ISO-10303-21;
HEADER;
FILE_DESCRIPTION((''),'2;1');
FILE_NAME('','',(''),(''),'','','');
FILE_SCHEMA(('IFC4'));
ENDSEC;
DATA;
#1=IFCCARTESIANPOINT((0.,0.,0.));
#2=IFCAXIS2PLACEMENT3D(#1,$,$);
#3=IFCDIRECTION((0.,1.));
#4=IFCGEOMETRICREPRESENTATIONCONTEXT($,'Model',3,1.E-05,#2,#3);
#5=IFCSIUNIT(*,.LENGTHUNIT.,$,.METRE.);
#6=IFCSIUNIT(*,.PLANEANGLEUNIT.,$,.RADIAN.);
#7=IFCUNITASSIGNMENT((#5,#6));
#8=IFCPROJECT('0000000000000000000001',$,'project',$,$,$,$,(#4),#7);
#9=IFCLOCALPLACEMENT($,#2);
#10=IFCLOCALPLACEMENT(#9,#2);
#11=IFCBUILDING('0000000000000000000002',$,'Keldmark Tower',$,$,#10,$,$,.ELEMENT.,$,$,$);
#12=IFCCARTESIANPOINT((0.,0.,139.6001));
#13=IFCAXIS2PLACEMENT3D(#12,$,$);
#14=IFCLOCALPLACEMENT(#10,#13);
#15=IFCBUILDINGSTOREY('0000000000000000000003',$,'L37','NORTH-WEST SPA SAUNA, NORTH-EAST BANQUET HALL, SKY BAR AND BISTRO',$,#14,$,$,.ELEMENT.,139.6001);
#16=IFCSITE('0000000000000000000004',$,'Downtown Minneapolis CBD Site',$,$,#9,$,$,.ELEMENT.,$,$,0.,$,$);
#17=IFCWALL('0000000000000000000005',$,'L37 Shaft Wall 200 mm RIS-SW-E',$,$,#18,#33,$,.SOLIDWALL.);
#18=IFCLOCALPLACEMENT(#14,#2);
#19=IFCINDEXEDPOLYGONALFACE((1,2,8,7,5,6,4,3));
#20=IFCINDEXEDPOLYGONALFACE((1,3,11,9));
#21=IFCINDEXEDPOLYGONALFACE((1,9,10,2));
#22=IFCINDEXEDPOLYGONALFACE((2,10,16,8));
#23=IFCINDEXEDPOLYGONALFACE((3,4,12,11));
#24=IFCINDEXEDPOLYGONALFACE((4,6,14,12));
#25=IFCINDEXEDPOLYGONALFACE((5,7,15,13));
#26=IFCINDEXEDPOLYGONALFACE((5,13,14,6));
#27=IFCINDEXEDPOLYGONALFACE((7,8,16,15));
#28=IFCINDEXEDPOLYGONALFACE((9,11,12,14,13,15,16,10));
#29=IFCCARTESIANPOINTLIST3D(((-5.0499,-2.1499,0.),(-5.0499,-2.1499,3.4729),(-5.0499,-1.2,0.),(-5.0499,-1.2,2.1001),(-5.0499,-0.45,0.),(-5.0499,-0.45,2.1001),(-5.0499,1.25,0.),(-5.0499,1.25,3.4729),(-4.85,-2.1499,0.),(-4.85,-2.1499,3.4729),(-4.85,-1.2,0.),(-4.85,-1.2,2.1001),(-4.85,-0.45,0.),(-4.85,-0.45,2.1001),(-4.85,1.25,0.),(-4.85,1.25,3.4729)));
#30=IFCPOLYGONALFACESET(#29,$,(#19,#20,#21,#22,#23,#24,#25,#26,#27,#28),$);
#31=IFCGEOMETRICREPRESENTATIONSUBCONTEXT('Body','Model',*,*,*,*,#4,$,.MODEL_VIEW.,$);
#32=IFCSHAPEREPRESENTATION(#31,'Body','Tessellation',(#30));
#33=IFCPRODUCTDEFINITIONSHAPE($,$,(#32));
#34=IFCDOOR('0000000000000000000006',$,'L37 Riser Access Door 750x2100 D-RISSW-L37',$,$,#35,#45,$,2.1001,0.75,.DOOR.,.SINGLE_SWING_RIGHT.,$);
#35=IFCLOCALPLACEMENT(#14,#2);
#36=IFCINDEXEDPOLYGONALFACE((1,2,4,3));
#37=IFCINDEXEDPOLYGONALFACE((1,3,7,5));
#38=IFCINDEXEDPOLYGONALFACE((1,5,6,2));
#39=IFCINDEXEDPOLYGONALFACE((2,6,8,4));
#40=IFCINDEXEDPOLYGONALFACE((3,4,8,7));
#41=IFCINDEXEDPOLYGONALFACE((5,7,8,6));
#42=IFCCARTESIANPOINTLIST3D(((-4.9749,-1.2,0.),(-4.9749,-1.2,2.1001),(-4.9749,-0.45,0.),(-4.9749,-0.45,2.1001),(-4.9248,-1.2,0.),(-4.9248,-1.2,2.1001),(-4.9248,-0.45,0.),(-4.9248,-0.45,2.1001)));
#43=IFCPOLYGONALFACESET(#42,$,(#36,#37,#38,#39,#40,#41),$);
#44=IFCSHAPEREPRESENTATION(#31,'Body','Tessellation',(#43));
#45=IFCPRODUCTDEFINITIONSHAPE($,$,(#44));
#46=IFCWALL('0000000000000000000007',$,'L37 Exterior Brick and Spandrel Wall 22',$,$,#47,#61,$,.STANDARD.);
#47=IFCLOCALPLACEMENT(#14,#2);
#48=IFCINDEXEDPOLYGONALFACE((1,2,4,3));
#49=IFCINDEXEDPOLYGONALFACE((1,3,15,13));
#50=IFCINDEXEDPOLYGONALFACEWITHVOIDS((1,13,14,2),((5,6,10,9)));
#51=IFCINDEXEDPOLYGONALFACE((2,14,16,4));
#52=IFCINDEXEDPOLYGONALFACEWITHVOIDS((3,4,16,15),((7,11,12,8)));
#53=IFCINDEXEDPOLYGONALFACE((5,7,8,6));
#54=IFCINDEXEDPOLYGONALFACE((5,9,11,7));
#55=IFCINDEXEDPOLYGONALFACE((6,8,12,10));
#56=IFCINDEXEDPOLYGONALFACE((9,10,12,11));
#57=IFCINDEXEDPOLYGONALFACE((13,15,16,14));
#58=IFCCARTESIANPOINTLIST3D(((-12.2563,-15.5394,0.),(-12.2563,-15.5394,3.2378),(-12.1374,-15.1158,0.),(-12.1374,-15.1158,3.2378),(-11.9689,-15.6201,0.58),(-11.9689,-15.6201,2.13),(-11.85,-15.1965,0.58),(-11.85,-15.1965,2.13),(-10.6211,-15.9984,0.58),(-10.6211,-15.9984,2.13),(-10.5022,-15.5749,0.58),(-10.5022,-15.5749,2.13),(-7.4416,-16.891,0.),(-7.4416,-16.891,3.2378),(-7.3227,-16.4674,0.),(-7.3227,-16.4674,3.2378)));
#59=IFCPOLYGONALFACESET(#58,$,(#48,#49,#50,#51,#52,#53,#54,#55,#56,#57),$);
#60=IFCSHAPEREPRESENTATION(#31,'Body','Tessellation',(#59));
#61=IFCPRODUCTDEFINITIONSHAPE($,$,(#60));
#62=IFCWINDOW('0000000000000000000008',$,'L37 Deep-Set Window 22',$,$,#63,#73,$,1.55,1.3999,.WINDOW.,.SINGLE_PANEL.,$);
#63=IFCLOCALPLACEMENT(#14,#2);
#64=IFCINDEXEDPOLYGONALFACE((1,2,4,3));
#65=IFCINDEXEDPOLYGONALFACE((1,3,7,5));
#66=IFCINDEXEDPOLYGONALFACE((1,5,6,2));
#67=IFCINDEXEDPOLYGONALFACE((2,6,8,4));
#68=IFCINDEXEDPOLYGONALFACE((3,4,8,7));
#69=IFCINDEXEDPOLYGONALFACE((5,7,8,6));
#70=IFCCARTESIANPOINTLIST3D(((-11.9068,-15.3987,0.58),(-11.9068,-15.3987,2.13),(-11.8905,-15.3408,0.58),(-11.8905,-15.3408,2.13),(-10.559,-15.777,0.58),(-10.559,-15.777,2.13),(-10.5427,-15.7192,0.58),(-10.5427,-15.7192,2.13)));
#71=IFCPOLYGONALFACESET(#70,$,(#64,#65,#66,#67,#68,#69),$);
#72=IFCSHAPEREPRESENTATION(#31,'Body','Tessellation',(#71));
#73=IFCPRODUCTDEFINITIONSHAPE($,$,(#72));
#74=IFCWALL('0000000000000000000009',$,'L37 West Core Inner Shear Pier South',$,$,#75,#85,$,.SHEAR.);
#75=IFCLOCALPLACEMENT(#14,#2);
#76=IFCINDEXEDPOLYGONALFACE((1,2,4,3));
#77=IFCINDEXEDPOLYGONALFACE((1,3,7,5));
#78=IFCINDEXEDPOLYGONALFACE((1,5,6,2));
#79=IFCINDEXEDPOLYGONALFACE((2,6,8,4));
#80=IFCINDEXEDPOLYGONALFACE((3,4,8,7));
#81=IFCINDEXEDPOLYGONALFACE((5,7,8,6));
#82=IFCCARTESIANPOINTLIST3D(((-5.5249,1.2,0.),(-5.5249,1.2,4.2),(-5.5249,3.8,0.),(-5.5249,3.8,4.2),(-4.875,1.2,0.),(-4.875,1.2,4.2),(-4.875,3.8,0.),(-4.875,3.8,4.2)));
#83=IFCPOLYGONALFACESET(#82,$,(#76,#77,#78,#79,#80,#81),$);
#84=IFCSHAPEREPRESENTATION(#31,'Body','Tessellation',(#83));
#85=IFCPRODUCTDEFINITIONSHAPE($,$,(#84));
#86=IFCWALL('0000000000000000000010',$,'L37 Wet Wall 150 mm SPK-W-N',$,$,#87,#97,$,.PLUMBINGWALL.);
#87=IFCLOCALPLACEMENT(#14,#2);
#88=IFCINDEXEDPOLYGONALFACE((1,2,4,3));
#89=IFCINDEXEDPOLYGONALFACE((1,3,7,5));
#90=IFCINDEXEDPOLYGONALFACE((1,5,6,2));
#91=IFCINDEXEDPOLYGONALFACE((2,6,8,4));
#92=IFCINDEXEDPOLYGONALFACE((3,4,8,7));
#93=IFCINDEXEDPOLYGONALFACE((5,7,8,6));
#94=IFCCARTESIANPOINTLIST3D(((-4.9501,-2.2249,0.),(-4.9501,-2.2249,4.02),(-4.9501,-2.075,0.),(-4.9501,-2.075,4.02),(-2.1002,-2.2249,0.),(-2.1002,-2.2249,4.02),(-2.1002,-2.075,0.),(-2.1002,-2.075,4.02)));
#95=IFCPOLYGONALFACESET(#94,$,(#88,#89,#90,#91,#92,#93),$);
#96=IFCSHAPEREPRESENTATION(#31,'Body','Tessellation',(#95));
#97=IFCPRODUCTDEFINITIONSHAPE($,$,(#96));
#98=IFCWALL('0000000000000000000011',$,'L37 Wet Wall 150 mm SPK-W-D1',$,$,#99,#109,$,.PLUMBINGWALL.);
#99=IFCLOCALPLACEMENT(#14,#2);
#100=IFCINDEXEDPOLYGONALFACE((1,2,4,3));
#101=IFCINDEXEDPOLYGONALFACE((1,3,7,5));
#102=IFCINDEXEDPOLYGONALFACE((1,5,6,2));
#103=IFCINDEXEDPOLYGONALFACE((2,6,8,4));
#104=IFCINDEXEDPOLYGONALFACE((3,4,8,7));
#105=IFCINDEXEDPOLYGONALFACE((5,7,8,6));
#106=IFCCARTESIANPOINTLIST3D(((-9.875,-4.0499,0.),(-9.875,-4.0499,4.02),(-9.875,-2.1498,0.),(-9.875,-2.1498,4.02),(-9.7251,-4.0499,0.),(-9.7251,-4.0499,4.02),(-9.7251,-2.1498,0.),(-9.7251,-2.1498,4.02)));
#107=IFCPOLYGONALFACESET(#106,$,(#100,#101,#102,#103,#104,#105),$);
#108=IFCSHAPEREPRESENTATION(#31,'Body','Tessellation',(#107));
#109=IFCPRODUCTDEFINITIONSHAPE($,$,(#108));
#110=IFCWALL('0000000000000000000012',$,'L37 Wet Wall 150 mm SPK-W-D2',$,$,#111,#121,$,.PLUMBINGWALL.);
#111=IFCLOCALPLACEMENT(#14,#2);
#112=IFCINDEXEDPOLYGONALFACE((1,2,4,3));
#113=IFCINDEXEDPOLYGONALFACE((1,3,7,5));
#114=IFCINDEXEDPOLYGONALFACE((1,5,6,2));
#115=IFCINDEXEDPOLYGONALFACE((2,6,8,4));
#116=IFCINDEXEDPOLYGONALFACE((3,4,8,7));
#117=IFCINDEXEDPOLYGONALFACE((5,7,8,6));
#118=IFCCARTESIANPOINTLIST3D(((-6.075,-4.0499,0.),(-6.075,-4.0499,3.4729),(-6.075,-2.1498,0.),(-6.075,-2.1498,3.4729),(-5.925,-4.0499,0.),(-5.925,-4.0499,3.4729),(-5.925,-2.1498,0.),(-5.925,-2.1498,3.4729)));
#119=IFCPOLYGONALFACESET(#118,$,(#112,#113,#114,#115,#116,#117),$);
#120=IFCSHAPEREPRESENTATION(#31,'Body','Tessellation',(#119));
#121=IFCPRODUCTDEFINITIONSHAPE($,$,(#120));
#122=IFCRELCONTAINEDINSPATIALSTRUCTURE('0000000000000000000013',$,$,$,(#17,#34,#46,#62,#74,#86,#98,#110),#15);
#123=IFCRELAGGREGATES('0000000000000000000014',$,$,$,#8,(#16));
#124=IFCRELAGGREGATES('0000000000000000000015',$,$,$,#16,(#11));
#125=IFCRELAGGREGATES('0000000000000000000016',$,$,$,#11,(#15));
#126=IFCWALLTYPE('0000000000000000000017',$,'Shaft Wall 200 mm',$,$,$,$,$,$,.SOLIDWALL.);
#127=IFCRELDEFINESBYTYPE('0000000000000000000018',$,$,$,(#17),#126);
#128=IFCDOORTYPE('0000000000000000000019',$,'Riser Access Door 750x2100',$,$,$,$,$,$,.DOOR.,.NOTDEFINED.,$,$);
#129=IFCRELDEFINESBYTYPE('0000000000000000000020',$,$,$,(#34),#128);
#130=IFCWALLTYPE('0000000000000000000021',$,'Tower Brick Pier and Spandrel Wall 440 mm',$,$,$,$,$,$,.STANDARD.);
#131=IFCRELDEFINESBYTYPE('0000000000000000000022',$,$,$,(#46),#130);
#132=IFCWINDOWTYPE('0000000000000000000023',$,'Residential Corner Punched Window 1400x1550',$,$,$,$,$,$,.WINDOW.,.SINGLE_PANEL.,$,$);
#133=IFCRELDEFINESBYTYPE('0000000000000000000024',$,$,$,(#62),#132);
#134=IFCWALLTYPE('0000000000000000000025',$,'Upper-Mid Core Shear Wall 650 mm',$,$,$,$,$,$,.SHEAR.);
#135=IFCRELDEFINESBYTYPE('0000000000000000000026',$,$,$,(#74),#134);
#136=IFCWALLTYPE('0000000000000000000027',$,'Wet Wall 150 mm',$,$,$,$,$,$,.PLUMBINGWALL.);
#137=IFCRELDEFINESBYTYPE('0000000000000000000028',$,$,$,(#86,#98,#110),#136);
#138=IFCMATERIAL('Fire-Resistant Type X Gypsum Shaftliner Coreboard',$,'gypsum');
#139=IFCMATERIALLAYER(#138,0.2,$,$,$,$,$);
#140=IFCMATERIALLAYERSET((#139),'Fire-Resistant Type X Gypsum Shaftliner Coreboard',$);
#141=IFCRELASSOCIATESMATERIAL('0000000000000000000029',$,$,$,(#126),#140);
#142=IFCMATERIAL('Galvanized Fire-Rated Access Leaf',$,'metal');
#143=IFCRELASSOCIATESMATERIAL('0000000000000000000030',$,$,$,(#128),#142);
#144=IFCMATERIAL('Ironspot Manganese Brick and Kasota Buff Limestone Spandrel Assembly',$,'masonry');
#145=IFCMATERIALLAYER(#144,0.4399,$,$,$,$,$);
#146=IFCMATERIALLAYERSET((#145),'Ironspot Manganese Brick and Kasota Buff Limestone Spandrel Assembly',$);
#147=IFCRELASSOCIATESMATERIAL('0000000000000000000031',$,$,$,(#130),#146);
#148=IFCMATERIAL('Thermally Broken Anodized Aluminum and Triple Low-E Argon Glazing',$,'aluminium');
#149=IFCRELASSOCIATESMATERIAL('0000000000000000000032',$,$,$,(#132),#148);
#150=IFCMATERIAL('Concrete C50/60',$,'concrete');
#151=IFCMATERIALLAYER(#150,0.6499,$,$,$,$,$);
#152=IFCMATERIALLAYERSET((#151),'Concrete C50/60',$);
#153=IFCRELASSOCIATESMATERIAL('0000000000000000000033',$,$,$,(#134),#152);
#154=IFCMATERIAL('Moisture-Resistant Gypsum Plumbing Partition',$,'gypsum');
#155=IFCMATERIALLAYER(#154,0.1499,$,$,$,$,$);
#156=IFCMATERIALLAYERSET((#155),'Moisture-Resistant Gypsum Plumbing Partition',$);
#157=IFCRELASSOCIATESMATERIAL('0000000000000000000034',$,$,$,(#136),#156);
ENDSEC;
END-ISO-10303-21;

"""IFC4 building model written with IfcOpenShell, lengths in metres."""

from ifc_helpers import new_model, si_unit, direction, frame, frame_2d, origin, place, context, subcontext, project, spatial, rectangle, extrude, material, layer, layer_set, type_object, element, fill, save


model = new_model("IFC4")

# Units and contexts
model_context = context("Model", 3, precision=1e-05, world=origin(), true_north=direction((0.0, 1.0)))
body_context = subcontext(model_context, "Body", "Model", "MODEL_VIEW")
ifc_project = project(units=[si_unit("LENGTHUNIT", "METRE"), si_unit("PLANEANGLEUNIT", "RADIAN")], contexts=[model_context])

# Site, building, storey
site_placement = place(None, origin())
site = spatial("IfcSite", under=ifc_project, at=site_placement, Name="Downtown Minneapolis CBD Site", CompositionType="ELEMENT", RefElevation=0.0)
building_placement = place(site_placement, origin())
building = spatial("IfcBuilding", under=site, at=building_placement, Name="Keldmark Tower", CompositionType="ELEMENT")
storey_placement = place(building_placement, frame((0.0, 0.0, 139.6001)))
storey = spatial("IfcBuildingStorey", under=building, at=storey_placement, Name="L37", Description="NORTH-WEST SPA SAUNA, NORTH-EAST BANQUET HALL, SKY BAR AND BISTRO", CompositionType="ELEMENT", Elevation=139.6001)

# Shared definitions
ifc_material_1 = material(Name="Fire-Resistant Type X Gypsum Shaftliner Coreboard", Category="gypsum")
ifc_layer_1 = layer(ifc_material_1, 0.2)
ifc_layer_set_1 = layer_set([ifc_layer_1], Name="Fire-Resistant Type X Gypsum Shaftliner Coreboard")
wall_type_1 = type_object("IfcWallType", Name="Shaft Wall 200 mm", PredefinedType="SOLIDWALL", material=ifc_layer_set_1)

# Wall, opening, door
wall_1_placement = place(storey_placement, frame((-4.95, -2.1499, 0.0), z_axis=(0.0, 0.0, 1.0), x_axis=(0.0, 1.0, 0.0)))
wall_1 = element("IfcWall", 1, at=wall_1_placement, inside=storey, type_object=wall_type_1, Name="L37 Shaft Wall 200 mm RIS-SW-E", PredefinedType="SOLIDWALL", context=body_context, shape_type="SweptSolid", body=[
    extrude(rectangle(XDim=3.3999, YDim=0.2, at=frame_2d((1.7, 0.0))), origin(), (0.0, 0.0, 1.0), 3.4729),
])
opening_1_placement = place(wall_1_placement, frame((0.95, 0.0, 0.0)))
opening_1 = element("IfcOpeningElement", 2, at=opening_1_placement, cuts=wall_1, PredefinedType="OPENING", context=body_context, shape_type="SweptSolid", body=[
    extrude(rectangle(XDim=0.75, YDim=2.1001, at=frame_2d((0.375, 1.05))), frame((0.0, 0.1099, 0.0), z_axis=(0.0, -1.0, 0.0), x_axis=(1.0, 0.0, 0.0)), (0.0, 0.0, 1.0), 0.22),
])
ifc_material_2 = material(Name="Galvanized Fire-Rated Access Leaf", Category="metal")
door_type = type_object("IfcDoorType", Name="Riser Access Door 750x2100", OperationType="NOTDEFINED", PredefinedType="DOOR", material=ifc_material_2)
door_placement = place(opening_1_placement, origin())
door = element("IfcDoor", 3, at=door_placement, inside=storey, type_object=door_type, Name="L37 Riser Access Door 750x2100 D-RISSW-L37", OperationType="SINGLE_SWING_RIGHT", OverallHeight=2.1001, OverallWidth=0.75, PredefinedType="DOOR", context=body_context, shape_type="SweptSolid", body=[
    extrude(rectangle(XDim=0.75, YDim=2.1001, at=frame_2d((0.375, 1.05))), frame((0.0, 0.0249, 0.0), z_axis=(0.0, -1.0, 0.0), x_axis=(1.0, 0.0, 0.0)), (0.0, 0.0, 1.0), 0.05),
])
fill(opening_1, door)

# Wall, opening, window
ifc_material_3 = material(Name="Ironspot Manganese Brick and Kasota Buff Limestone Spandrel Assembly", Category="masonry")
ifc_layer_2 = layer(ifc_material_3, 0.4399)
ifc_layer_set_2 = layer_set([ifc_layer_2], Name="Ironspot Manganese Brick and Kasota Buff Limestone Spandrel Assembly")
wall_type_2 = type_object("IfcWallType", Name="Tower Brick Pier and Spandrel Wall 440 mm", PredefinedType="STANDARD", material=ifc_layer_set_2)
wall_2_placement = place(storey_placement, frame((-7.3821, -16.6792, 0.0), z_axis=(0.0, 0.0, 1.0), x_axis=(-0.962785, 0.270269, 0.0)))
wall_2 = element("IfcWall", 4, at=wall_2_placement, inside=storey, type_object=wall_type_2, Name="L37 Exterior Brick and Spandrel Wall 22", PredefinedType="STANDARD", context=body_context, shape_type="SweptSolid", body=[
    extrude(rectangle(XDim=5.0007, YDim=0.4399, at=frame_2d((2.5005, 0.0))), origin(), (0.0, 0.0, 1.0), 3.2378),
])
opening_2_placement = place(wall_2_placement, frame((3.3025, 0.0, 0.5801)))
opening_2 = element("IfcOpeningElement", 5, at=opening_2_placement, cuts=wall_2, PredefinedType="OPENING", context=body_context, shape_type="SweptSolid", body=[
    extrude(rectangle(XDim=1.3999, YDim=1.55, at=frame_2d((0.7, 0.7749))), frame((0.0, 0.23, 0.0), z_axis=(0.0, -1.0, 0.0), x_axis=(1.0, 0.0, 0.0)), (0.0, 0.0, 1.0), 0.46),
])
ifc_material_4 = material(Name="Thermally Broken Anodized Aluminum and Triple Low-E Argon Glazing", Category="aluminium")
window_type = type_object("IfcWindowType", Name="Residential Corner Punched Window 1400x1550", PartitioningType="SINGLE_PANEL", PredefinedType="WINDOW", material=ifc_material_4)
window_placement = place(opening_2_placement, origin())
window = element("IfcWindow", 6, at=window_placement, inside=storey, type_object=window_type, Name="L37 Deep-Set Window 22", OverallHeight=1.55, OverallWidth=1.3999, PartitioningType="SINGLE_PANEL", PredefinedType="WINDOW", context=body_context, shape_type="SweptSolid", body=[
    extrude(rectangle(XDim=1.3999, YDim=1.55, at=frame_2d((0.7, 0.7749))), frame((0.0, -0.01, 0.0), z_axis=(0.0, -1.0, 0.0), x_axis=(1.0, 0.0, 0.0)), (0.0, 0.0, 1.0), 0.0601),
])
fill(opening_2, window)

# Walls
ifc_material_5 = material(Name="Concrete C50/60", Category="concrete")
ifc_layer_3 = layer(ifc_material_5, 0.6499)
ifc_layer_set_3 = layer_set([ifc_layer_3], Name="Concrete C50/60")
wall_type_3 = type_object("IfcWallType", Name="Upper-Mid Core Shear Wall 650 mm", PredefinedType="SHEAR", material=ifc_layer_set_3)
wall_3_placement = place(storey_placement, frame((-5.2, 1.2, 0.0), z_axis=(0.0, 0.0, 1.0), x_axis=(0.0, 1.0, 0.0)))
element("IfcWall", 7, at=wall_3_placement, inside=storey, type_object=wall_type_3, Name="L37 West Core Inner Shear Pier South", PredefinedType="SHEAR", context=body_context, shape_type="SweptSolid", body=[
    extrude(rectangle(XDim=2.6001, YDim=0.6499, at=frame_2d((1.3, 0.0))), origin(), (0.0, 0.0, 1.0), 4.2),
])
ifc_material_6 = material(Name="Moisture-Resistant Gypsum Plumbing Partition", Category="gypsum")
ifc_layer_4 = layer(ifc_material_6, 0.1499)
ifc_layer_set_4 = layer_set([ifc_layer_4], Name="Moisture-Resistant Gypsum Plumbing Partition")
wall_type_4 = type_object("IfcWallType", Name="Wet Wall 150 mm", PredefinedType="PLUMBINGWALL", material=ifc_layer_set_4)
wall_4_placement = place(storey_placement, frame((-4.95, -2.1499, 0.0), z_axis=(0.0, 0.0, 1.0), x_axis=(1.0, 0.0, 0.0)))
element("IfcWall", 8, at=wall_4_placement, inside=storey, type_object=wall_type_4, Name="L37 Wet Wall 150 mm SPK-W-N", PredefinedType="PLUMBINGWALL", context=body_context, shape_type="SweptSolid", body=[
    extrude(rectangle(XDim=2.8499, YDim=0.1499, at=frame_2d((1.4248, 0.0))), origin(), (0.0, 0.0, 1.0), 4.02),
])
wall_5_placement = place(storey_placement, frame((-9.8, -4.05, 0.0), z_axis=(0.0, 0.0, 1.0), x_axis=(0.0, 1.0, 0.0)))
element("IfcWall", 9, at=wall_5_placement, inside=storey, type_object=wall_type_4, Name="L37 Wet Wall 150 mm SPK-W-D1", PredefinedType="PLUMBINGWALL", context=body_context, shape_type="SweptSolid", body=[
    extrude(rectangle(XDim=1.9001, YDim=0.1499, at=frame_2d((0.9502, 0.0))), origin(), (0.0, 0.0, 1.0), 4.02),
])
wall_6_placement = place(storey_placement, frame((-6.0, -4.05, 0.0), z_axis=(0.0, 0.0, 1.0), x_axis=(0.0, 1.0, 0.0)))
element("IfcWall", 10, at=wall_6_placement, inside=storey, type_object=wall_type_4, Name="L37 Wet Wall 150 mm SPK-W-D2", PredefinedType="PLUMBINGWALL", context=body_context, shape_type="SweptSolid", body=[
    extrude(rectangle(XDim=1.9001, YDim=0.1499, at=frame_2d((0.9502, 0.0))), origin(), (0.0, 0.0, 1.0), 3.4729),
])

save(model, "model.ifc")
